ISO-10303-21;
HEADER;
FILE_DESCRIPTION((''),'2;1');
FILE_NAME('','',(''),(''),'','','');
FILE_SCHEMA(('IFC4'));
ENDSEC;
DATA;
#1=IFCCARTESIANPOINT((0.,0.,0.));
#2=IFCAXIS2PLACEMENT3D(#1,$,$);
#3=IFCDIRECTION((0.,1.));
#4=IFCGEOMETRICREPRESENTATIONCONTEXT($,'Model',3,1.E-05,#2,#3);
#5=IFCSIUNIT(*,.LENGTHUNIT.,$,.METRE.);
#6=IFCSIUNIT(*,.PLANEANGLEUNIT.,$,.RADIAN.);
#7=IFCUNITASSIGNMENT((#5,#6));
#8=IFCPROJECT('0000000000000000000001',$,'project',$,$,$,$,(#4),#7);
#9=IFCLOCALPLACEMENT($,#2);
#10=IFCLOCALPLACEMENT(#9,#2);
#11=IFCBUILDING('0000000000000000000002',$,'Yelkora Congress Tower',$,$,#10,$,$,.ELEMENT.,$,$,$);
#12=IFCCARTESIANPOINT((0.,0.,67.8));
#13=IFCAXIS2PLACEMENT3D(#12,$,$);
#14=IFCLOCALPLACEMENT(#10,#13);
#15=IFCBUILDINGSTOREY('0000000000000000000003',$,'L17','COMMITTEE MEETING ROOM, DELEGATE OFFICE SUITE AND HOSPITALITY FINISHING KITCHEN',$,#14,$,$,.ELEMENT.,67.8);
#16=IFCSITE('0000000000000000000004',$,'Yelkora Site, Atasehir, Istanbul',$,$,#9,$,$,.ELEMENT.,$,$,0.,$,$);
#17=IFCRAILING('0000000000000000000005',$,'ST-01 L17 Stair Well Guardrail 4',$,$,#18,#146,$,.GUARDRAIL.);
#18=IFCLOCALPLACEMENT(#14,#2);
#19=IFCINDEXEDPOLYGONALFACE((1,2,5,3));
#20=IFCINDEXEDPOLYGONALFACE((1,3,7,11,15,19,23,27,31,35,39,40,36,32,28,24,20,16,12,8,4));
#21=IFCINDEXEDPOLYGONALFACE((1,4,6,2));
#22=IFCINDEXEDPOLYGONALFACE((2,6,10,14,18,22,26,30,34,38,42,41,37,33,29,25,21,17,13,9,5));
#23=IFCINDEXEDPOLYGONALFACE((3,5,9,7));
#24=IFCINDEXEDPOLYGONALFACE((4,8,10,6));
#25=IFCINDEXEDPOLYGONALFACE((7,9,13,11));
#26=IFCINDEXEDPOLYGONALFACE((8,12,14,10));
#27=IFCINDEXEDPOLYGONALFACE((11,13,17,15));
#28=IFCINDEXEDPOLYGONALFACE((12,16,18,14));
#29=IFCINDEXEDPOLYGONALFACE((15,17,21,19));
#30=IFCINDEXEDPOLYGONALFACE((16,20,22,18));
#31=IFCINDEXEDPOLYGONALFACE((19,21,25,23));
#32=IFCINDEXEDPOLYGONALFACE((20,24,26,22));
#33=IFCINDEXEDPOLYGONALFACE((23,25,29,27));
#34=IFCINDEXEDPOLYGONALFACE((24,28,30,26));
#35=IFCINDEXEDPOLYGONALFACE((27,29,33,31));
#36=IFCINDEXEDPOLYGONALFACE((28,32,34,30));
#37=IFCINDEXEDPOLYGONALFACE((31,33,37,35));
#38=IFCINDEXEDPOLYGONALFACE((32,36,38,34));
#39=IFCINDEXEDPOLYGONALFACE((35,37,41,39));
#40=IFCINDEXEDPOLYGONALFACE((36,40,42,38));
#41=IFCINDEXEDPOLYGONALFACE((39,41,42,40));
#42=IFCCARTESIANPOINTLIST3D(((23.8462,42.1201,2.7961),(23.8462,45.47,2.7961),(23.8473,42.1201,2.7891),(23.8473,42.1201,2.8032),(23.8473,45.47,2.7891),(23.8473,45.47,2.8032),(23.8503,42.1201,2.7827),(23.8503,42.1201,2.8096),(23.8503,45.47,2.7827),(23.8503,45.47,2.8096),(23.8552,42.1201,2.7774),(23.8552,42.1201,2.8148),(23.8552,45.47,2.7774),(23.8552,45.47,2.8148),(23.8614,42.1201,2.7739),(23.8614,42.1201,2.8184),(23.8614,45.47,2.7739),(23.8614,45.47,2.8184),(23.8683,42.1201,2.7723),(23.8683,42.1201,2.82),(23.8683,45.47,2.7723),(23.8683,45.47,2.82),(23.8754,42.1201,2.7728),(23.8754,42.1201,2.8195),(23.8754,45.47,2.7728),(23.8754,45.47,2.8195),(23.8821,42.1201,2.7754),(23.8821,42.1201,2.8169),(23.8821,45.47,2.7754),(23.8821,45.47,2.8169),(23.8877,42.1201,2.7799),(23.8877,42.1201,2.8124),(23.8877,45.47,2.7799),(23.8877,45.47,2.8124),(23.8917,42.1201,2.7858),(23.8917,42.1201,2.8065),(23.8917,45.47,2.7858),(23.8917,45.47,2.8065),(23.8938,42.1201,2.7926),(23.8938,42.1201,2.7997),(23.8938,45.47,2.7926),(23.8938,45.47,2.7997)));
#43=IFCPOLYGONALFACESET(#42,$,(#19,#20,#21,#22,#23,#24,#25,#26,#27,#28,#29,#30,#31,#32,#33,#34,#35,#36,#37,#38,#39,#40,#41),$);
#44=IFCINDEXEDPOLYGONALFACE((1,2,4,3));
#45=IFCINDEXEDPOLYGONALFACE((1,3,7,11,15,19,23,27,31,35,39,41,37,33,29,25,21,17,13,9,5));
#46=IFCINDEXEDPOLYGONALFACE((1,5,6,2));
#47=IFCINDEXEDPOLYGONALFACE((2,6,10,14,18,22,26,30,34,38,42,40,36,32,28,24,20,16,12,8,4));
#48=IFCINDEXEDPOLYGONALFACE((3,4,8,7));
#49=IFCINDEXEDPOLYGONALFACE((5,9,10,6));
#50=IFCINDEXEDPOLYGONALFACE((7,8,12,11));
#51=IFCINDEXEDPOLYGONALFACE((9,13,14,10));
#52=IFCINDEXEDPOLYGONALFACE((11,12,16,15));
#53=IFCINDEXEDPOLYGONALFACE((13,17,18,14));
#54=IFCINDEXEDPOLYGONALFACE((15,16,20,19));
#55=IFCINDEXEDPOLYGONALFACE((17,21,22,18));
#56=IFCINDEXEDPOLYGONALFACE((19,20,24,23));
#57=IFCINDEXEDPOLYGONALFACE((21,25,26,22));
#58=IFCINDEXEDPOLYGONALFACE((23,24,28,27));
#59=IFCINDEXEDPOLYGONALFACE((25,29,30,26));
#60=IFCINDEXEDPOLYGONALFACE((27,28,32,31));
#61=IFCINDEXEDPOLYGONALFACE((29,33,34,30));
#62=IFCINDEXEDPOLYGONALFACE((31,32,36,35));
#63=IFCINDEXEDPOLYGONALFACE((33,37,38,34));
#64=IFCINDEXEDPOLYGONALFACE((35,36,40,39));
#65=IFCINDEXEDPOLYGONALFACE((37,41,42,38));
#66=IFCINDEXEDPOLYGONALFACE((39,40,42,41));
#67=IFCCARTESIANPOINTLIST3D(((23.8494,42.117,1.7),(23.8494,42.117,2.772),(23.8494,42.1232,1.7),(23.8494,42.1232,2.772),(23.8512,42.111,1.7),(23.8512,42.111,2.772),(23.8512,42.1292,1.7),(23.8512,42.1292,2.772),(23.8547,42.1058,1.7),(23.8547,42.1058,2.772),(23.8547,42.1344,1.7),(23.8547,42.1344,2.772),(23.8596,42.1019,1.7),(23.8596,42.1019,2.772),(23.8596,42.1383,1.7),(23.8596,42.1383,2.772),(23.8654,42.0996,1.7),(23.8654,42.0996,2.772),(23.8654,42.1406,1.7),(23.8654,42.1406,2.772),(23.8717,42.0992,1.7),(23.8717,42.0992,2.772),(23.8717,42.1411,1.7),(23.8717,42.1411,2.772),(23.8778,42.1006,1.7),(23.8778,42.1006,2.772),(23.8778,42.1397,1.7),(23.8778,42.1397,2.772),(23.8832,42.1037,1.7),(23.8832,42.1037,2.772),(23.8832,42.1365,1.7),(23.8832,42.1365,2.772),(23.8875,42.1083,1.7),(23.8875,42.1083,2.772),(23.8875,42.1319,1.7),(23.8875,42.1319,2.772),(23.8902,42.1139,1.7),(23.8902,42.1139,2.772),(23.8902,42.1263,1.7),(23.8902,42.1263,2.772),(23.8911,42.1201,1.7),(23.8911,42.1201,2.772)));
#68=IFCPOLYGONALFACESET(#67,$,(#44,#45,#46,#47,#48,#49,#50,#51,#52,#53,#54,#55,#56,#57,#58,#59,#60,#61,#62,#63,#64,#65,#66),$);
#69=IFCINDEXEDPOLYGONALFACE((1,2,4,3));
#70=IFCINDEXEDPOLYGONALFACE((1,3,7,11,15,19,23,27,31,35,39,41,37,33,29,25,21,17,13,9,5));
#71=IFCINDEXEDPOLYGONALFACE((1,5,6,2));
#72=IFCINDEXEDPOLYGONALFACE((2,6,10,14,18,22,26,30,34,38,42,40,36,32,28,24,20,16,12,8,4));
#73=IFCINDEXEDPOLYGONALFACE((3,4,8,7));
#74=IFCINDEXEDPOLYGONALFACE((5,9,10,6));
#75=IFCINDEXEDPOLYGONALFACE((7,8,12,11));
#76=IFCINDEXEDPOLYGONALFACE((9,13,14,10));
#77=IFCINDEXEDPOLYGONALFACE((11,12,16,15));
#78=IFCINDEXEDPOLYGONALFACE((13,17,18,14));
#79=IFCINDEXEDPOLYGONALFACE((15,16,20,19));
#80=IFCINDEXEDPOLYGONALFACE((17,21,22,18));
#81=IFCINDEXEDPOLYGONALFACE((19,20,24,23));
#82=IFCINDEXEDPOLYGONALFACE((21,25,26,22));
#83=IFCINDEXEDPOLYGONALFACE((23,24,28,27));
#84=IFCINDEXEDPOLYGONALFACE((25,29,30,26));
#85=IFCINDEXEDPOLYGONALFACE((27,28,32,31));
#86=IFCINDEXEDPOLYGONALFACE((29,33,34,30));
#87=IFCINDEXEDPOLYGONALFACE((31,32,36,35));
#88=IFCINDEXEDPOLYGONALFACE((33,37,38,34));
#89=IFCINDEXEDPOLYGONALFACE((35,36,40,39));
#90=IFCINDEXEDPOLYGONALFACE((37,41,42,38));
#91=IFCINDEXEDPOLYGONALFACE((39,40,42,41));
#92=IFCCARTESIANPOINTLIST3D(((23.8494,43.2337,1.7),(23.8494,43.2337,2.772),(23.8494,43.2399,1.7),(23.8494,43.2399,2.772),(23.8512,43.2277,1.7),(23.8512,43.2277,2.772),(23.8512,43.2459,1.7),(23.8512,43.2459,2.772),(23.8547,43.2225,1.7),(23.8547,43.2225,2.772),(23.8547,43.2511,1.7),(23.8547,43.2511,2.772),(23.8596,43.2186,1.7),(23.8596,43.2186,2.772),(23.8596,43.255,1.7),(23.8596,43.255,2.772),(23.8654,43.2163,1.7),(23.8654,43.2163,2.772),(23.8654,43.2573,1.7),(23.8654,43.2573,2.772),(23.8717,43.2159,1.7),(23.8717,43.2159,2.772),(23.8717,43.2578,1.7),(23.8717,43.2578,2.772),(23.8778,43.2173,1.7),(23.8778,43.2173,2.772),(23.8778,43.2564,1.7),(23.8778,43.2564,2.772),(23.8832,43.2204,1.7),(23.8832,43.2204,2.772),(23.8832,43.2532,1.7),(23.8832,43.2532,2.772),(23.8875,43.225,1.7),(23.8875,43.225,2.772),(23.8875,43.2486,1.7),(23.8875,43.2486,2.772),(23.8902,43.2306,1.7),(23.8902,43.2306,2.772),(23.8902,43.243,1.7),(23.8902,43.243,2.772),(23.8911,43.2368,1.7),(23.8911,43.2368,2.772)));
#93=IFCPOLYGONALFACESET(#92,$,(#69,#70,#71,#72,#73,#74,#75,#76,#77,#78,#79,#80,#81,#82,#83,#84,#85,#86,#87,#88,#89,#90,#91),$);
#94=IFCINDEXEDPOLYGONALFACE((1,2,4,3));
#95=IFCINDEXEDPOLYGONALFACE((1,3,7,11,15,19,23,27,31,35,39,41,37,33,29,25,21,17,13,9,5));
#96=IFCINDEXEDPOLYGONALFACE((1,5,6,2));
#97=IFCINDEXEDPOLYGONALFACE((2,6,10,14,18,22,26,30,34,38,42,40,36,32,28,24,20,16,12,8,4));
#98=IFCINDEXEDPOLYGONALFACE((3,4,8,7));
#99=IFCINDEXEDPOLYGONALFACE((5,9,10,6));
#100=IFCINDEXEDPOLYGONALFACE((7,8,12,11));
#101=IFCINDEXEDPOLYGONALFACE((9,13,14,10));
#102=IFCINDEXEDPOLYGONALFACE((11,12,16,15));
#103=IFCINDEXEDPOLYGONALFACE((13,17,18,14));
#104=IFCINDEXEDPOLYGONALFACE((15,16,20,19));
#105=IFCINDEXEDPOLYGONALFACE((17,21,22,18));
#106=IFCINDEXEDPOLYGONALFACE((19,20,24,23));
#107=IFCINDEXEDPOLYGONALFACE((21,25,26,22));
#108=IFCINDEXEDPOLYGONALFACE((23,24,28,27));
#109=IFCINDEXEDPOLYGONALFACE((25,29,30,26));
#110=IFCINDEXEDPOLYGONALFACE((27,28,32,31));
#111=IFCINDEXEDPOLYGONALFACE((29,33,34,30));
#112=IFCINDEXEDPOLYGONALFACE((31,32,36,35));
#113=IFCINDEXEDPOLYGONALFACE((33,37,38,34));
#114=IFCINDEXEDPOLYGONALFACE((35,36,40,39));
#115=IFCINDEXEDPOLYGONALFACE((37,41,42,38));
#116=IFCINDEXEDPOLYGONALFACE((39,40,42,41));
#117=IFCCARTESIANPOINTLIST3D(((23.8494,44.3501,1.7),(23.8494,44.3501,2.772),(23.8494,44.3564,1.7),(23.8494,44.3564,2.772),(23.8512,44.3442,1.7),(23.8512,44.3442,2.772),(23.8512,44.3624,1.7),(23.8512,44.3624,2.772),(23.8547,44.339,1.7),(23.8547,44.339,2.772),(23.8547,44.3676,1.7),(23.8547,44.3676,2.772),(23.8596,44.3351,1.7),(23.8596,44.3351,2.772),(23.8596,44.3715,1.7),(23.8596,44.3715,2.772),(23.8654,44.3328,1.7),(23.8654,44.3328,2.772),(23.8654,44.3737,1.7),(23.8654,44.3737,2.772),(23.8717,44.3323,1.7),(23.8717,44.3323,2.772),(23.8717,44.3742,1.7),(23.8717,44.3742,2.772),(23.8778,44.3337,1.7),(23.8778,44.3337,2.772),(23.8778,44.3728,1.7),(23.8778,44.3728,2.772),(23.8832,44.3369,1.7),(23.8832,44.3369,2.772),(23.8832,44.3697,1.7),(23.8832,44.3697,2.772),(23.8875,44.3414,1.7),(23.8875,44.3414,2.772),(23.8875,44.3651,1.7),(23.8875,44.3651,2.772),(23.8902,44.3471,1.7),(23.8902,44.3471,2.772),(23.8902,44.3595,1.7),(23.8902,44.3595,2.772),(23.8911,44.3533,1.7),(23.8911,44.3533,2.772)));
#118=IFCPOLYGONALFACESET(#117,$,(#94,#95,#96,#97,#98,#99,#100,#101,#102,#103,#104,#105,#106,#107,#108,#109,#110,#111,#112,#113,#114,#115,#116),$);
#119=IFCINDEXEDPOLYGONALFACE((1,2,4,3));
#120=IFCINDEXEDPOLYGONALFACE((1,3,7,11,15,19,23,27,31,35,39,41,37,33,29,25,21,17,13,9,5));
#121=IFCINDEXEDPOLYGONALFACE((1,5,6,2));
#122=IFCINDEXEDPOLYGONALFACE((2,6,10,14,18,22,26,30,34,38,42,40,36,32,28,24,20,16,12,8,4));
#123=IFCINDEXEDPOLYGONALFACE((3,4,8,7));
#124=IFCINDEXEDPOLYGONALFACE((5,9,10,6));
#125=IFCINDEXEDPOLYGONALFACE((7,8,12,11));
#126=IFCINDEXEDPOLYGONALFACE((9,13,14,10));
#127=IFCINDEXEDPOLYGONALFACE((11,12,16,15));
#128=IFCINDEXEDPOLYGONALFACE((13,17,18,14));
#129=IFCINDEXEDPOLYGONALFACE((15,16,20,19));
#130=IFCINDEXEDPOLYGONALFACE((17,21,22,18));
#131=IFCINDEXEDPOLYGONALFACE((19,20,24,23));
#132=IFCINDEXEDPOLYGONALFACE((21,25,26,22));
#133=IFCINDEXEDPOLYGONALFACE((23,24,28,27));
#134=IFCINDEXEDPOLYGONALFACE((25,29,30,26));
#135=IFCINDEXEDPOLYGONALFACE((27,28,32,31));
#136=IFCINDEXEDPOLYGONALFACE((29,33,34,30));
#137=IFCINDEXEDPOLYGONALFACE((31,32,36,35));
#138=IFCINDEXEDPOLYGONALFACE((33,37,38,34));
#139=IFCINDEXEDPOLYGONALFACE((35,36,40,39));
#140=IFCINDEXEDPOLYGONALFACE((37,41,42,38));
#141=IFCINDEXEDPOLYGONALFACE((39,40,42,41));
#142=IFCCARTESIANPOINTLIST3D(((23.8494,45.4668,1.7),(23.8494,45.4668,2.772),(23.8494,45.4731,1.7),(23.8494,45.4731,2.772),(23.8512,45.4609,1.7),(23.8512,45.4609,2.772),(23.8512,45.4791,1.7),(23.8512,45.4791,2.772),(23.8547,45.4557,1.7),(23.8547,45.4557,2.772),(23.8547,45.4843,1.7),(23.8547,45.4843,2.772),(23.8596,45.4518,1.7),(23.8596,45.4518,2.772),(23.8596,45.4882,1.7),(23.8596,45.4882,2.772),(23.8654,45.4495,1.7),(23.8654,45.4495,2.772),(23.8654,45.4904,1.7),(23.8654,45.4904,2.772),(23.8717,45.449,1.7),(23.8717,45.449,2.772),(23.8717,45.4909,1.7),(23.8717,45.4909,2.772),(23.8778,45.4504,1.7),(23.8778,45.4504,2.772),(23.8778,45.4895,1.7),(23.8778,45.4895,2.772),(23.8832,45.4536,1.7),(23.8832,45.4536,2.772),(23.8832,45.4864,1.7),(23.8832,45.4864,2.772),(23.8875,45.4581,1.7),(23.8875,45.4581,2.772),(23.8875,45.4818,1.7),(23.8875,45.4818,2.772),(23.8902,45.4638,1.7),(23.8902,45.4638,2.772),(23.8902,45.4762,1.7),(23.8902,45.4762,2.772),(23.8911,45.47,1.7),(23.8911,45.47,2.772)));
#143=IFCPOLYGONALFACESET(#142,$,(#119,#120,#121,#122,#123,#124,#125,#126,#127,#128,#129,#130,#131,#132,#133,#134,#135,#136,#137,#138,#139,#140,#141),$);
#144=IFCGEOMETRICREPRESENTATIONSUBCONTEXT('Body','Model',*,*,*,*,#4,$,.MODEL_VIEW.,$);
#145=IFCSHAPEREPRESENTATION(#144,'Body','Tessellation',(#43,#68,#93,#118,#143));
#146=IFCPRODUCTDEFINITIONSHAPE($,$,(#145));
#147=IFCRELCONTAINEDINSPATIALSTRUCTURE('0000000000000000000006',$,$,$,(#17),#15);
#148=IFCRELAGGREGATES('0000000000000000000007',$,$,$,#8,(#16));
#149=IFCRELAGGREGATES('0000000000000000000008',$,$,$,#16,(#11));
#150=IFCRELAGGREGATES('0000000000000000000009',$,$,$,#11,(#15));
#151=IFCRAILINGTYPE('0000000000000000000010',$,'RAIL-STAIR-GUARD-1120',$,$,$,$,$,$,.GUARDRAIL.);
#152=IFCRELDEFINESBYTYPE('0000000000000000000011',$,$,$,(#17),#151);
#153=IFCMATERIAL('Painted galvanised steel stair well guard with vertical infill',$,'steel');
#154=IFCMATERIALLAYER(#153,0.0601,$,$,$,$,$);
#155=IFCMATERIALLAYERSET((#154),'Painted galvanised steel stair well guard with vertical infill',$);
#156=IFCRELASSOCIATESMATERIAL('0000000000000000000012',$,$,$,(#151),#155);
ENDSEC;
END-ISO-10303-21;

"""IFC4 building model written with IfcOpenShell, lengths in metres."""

from ifc_helpers import new_model, si_unit, direction, frame, origin, origin_2d, place, context, subcontext, project, spatial, circle, extrude, material, layer, layer_set, type_object, element, save


model = new_model("IFC4")

# Units and contexts
model_context = context("Model", 3, precision=1e-05, world=origin(), true_north=direction((0.0, 1.0)))
body_context = subcontext(model_context, "Body", "Model", "MODEL_VIEW")
ifc_project = project(units=[si_unit("LENGTHUNIT", "METRE"), si_unit("PLANEANGLEUNIT", "RADIAN")], contexts=[model_context])

# Site, building, storey
site_placement = place(None, origin())
site = spatial("IfcSite", under=ifc_project, at=site_placement, Name="Yelkora Site, Atasehir, Istanbul", CompositionType="ELEMENT", RefElevation=0.0)
building_placement = place(site_placement, origin())
building = spatial("IfcBuilding", under=site, at=building_placement, Name="Yelkora Congress Tower", CompositionType="ELEMENT")
storey_placement = place(building_placement, frame((0.0, 0.0, 67.8)))
storey = spatial("IfcBuildingStorey", under=building, at=storey_placement, Name="L17", Description="COMMITTEE MEETING ROOM, DELEGATE OFFICE SUITE AND HOSPITALITY FINISHING KITCHEN", CompositionType="ELEMENT", Elevation=67.8)

# Railing
ifc_material_1 = material(Name="Painted galvanised steel stair well guard with vertical infill", Category="steel")
ifc_layer_1 = layer(ifc_material_1, 0.0601)
ifc_layer_set_1 = layer_set([ifc_layer_1], Name="Painted galvanised steel stair well guard with vertical infill")
railing_type_1 = type_object("IfcRailingType", Name="RAIL-STAIR-GUARD-1120", PredefinedType="GUARDRAIL", material=ifc_layer_set_1)
for number, where, name in (
    (1, (23.8701, 42.1201, 1.7), "ST-01 L17 Stair Well Guardrail 4"),
):
    element("IfcRailing", number, at=place(storey_placement, frame(where)), inside=storey, type_object=railing_type_1, Name=name, PredefinedType="GUARDRAIL", context=body_context, shape_type="SweptSolid", body=[
        extrude(circle(Radius=0.0239, at=origin_2d()), frame((0.0, 0.0, 1.0962), z_axis=(0.0, 1.0, 0.0), x_axis=(-1.0, 0.0, 0.0)), (0.0, 0.0, 1.0), 3.3499),
        extrude(circle(Radius=0.021, at=origin_2d()), origin(), (0.0, 0.0, 1.0), 1.072),
        extrude(circle(Radius=0.021, at=origin_2d()), frame((0.0, 1.1167, 0.0)), (0.0, 0.0, 1.0), 1.072),
        extrude(circle(Radius=0.021, at=origin_2d()), frame((0.0, 2.2332, 0.0)), (0.0, 0.0, 1.0), 1.072),
        extrude(circle(Radius=0.021, at=origin_2d()), frame((0.0, 3.3499, 0.0)), (0.0, 0.0, 1.0), 1.072),
    ])

save(model, "model.ifc")
